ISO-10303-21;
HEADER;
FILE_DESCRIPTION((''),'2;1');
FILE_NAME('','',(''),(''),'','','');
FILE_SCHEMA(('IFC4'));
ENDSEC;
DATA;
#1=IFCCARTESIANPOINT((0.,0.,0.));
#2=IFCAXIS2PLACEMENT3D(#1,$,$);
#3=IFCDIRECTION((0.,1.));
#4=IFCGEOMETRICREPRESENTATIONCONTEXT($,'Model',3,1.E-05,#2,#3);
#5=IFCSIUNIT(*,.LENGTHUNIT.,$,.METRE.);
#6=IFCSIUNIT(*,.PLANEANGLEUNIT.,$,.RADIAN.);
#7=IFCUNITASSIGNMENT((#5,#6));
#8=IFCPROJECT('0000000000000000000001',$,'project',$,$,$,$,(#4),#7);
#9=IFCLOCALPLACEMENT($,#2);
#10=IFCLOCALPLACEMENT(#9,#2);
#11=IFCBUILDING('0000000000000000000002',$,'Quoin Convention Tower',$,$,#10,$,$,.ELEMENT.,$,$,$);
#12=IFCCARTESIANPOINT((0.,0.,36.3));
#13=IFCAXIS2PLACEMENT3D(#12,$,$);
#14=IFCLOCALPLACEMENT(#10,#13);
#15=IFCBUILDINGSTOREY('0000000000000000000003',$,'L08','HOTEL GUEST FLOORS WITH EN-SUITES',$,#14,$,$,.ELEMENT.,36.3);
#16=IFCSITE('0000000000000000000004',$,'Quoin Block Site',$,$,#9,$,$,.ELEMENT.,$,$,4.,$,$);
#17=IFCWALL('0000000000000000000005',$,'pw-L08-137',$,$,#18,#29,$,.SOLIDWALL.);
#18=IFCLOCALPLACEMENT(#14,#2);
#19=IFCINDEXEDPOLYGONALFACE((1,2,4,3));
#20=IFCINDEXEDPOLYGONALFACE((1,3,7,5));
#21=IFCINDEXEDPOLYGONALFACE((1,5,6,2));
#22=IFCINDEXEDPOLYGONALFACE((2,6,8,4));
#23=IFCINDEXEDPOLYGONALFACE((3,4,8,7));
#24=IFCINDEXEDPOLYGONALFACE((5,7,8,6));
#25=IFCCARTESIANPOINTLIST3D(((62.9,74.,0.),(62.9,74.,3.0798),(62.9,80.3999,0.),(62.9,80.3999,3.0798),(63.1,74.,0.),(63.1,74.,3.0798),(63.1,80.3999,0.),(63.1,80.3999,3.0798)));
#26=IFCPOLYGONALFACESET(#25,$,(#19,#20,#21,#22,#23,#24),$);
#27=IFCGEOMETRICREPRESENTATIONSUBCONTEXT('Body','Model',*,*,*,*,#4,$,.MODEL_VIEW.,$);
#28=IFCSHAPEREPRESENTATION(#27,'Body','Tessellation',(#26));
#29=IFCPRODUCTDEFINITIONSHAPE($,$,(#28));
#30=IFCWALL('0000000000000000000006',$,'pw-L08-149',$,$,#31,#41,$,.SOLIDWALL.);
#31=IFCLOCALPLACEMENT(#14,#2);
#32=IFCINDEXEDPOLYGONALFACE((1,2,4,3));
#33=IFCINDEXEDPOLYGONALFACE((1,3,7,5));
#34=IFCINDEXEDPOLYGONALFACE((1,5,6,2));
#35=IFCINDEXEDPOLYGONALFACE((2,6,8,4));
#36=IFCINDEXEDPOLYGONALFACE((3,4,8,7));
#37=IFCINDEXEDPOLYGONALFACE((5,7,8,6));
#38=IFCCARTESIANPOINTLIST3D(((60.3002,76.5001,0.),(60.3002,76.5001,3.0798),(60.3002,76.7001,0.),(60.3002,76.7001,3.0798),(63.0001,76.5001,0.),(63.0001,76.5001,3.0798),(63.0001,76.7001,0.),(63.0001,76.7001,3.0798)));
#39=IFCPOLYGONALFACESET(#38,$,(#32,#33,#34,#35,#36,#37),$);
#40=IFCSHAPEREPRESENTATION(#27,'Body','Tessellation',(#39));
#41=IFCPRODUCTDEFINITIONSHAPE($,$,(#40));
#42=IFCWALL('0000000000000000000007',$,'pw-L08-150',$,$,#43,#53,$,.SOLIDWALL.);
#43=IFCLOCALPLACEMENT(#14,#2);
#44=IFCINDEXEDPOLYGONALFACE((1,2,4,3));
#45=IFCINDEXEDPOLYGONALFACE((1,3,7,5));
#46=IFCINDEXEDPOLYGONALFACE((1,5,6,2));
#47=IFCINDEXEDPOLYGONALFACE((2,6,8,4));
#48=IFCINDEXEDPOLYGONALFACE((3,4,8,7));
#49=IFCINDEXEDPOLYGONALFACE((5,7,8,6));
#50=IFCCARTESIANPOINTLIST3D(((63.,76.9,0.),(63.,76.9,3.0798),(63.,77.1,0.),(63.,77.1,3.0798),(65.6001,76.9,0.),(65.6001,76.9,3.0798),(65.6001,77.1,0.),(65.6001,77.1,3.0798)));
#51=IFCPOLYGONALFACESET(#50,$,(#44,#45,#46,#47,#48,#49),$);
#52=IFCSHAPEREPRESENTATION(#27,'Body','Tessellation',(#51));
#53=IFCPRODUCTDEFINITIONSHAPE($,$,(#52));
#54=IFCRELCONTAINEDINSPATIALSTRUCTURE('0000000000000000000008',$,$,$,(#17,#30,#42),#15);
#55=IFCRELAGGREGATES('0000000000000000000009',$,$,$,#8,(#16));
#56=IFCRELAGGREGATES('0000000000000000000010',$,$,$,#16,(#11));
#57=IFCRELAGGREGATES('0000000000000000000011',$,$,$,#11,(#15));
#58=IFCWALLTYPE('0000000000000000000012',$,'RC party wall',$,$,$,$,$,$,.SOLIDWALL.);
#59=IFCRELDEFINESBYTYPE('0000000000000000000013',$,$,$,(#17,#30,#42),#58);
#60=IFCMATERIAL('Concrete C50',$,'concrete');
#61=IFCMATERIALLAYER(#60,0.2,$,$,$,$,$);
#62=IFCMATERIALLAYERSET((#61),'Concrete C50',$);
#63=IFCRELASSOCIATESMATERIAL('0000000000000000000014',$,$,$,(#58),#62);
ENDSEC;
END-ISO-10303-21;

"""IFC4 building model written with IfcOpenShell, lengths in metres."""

from ifc_helpers import new_model, si_unit, direction, frame, frame_2d, origin, place, context, subcontext, project, spatial, rectangle, extrude, material, layer, layer_set, type_object, element, save


model = new_model("IFC4")

# Units and contexts
model_context = context("Model", 3, precision=1e-05, world=origin(), true_north=direction((0.0, 1.0)))
body_context = subcontext(model_context, "Body", "Model", "MODEL_VIEW")
ifc_project = project(units=[si_unit("LENGTHUNIT", "METRE"), si_unit("PLANEANGLEUNIT", "RADIAN")], contexts=[model_context])

# Site, building, storey
site_placement = place(None, origin())
site = spatial("IfcSite", under=ifc_project, at=site_placement, Name="Quoin Block Site", CompositionType="ELEMENT", RefElevation=4.0)
building_placement = place(site_placement, origin())
building = spatial("IfcBuilding", under=site, at=building_placement, Name="Quoin Convention Tower", CompositionType="ELEMENT")
storey_placement = place(building_placement, frame((0.0, 0.0, 36.3)))
storey = spatial("IfcBuildingStorey", under=building, at=storey_placement, Name="L08", Description="HOTEL GUEST FLOORS WITH EN-SUITES", CompositionType="ELEMENT", Elevation=36.3)

# Shared definitions
ifc_material_1 = material(Name="Concrete C50", Category="concrete")

# Shared definitions
ifc_layer_1 = layer(ifc_material_1, 0.2)
ifc_layer_set_1 = layer_set([ifc_layer_1], Name="Concrete C50")
wall_type_1 = type_object("IfcWallType", Name="RC party wall", PredefinedType="SOLIDWALL", material=ifc_layer_set_1)

# Walls
wall_1_placement = place(storey_placement, frame((63.0, 74.0, 0.0), z_axis=(0.0, 0.0, 1.0), x_axis=(0.0, 1.0, 0.0)))
element("IfcWall", 1, at=wall_1_placement, inside=storey, type_object=wall_type_1, Name="pw-L08-137", PredefinedType="SOLIDWALL", context=body_context, shape_type="SweptSolid", body=[
    extrude(rectangle(XDim=6.3999, YDim=0.2, at=frame_2d((3.2, 0.0))), origin(), (0.0, 0.0, 1.0), 3.0798),
])
wall_2_placement = place(storey_placement, frame((60.3, 76.6001, 0.0), z_axis=(0.0, 0.0, 1.0), x_axis=(1.0, 0.0, 0.0)))
element("IfcWall", 2, at=wall_2_placement, inside=storey, type_object=wall_type_1, Name="pw-L08-149", PredefinedType="SOLIDWALL", context=body_context, shape_type="SweptSolid", body=[
    extrude(rectangle(XDim=2.7, YDim=0.2, at=frame_2d((1.3501, 0.0))), origin(), (0.0, 0.0, 1.0), 3.0798),
])
wall_3_placement = place(storey_placement, frame((63.0, 77.0, 0.0), z_axis=(0.0, 0.0, 1.0), x_axis=(1.0, 0.0, 0.0)))
element("IfcWall", 3, at=wall_3_placement, inside=storey, type_object=wall_type_1, Name="pw-L08-150", PredefinedType="SOLIDWALL", context=body_context, shape_type="SweptSolid", body=[
    extrude(rectangle(XDim=2.6001, YDim=0.2, at=frame_2d((1.3, 0.0))), origin(), (0.0, 0.0, 1.0), 3.0798),
])

save(model, "model.ifc")
